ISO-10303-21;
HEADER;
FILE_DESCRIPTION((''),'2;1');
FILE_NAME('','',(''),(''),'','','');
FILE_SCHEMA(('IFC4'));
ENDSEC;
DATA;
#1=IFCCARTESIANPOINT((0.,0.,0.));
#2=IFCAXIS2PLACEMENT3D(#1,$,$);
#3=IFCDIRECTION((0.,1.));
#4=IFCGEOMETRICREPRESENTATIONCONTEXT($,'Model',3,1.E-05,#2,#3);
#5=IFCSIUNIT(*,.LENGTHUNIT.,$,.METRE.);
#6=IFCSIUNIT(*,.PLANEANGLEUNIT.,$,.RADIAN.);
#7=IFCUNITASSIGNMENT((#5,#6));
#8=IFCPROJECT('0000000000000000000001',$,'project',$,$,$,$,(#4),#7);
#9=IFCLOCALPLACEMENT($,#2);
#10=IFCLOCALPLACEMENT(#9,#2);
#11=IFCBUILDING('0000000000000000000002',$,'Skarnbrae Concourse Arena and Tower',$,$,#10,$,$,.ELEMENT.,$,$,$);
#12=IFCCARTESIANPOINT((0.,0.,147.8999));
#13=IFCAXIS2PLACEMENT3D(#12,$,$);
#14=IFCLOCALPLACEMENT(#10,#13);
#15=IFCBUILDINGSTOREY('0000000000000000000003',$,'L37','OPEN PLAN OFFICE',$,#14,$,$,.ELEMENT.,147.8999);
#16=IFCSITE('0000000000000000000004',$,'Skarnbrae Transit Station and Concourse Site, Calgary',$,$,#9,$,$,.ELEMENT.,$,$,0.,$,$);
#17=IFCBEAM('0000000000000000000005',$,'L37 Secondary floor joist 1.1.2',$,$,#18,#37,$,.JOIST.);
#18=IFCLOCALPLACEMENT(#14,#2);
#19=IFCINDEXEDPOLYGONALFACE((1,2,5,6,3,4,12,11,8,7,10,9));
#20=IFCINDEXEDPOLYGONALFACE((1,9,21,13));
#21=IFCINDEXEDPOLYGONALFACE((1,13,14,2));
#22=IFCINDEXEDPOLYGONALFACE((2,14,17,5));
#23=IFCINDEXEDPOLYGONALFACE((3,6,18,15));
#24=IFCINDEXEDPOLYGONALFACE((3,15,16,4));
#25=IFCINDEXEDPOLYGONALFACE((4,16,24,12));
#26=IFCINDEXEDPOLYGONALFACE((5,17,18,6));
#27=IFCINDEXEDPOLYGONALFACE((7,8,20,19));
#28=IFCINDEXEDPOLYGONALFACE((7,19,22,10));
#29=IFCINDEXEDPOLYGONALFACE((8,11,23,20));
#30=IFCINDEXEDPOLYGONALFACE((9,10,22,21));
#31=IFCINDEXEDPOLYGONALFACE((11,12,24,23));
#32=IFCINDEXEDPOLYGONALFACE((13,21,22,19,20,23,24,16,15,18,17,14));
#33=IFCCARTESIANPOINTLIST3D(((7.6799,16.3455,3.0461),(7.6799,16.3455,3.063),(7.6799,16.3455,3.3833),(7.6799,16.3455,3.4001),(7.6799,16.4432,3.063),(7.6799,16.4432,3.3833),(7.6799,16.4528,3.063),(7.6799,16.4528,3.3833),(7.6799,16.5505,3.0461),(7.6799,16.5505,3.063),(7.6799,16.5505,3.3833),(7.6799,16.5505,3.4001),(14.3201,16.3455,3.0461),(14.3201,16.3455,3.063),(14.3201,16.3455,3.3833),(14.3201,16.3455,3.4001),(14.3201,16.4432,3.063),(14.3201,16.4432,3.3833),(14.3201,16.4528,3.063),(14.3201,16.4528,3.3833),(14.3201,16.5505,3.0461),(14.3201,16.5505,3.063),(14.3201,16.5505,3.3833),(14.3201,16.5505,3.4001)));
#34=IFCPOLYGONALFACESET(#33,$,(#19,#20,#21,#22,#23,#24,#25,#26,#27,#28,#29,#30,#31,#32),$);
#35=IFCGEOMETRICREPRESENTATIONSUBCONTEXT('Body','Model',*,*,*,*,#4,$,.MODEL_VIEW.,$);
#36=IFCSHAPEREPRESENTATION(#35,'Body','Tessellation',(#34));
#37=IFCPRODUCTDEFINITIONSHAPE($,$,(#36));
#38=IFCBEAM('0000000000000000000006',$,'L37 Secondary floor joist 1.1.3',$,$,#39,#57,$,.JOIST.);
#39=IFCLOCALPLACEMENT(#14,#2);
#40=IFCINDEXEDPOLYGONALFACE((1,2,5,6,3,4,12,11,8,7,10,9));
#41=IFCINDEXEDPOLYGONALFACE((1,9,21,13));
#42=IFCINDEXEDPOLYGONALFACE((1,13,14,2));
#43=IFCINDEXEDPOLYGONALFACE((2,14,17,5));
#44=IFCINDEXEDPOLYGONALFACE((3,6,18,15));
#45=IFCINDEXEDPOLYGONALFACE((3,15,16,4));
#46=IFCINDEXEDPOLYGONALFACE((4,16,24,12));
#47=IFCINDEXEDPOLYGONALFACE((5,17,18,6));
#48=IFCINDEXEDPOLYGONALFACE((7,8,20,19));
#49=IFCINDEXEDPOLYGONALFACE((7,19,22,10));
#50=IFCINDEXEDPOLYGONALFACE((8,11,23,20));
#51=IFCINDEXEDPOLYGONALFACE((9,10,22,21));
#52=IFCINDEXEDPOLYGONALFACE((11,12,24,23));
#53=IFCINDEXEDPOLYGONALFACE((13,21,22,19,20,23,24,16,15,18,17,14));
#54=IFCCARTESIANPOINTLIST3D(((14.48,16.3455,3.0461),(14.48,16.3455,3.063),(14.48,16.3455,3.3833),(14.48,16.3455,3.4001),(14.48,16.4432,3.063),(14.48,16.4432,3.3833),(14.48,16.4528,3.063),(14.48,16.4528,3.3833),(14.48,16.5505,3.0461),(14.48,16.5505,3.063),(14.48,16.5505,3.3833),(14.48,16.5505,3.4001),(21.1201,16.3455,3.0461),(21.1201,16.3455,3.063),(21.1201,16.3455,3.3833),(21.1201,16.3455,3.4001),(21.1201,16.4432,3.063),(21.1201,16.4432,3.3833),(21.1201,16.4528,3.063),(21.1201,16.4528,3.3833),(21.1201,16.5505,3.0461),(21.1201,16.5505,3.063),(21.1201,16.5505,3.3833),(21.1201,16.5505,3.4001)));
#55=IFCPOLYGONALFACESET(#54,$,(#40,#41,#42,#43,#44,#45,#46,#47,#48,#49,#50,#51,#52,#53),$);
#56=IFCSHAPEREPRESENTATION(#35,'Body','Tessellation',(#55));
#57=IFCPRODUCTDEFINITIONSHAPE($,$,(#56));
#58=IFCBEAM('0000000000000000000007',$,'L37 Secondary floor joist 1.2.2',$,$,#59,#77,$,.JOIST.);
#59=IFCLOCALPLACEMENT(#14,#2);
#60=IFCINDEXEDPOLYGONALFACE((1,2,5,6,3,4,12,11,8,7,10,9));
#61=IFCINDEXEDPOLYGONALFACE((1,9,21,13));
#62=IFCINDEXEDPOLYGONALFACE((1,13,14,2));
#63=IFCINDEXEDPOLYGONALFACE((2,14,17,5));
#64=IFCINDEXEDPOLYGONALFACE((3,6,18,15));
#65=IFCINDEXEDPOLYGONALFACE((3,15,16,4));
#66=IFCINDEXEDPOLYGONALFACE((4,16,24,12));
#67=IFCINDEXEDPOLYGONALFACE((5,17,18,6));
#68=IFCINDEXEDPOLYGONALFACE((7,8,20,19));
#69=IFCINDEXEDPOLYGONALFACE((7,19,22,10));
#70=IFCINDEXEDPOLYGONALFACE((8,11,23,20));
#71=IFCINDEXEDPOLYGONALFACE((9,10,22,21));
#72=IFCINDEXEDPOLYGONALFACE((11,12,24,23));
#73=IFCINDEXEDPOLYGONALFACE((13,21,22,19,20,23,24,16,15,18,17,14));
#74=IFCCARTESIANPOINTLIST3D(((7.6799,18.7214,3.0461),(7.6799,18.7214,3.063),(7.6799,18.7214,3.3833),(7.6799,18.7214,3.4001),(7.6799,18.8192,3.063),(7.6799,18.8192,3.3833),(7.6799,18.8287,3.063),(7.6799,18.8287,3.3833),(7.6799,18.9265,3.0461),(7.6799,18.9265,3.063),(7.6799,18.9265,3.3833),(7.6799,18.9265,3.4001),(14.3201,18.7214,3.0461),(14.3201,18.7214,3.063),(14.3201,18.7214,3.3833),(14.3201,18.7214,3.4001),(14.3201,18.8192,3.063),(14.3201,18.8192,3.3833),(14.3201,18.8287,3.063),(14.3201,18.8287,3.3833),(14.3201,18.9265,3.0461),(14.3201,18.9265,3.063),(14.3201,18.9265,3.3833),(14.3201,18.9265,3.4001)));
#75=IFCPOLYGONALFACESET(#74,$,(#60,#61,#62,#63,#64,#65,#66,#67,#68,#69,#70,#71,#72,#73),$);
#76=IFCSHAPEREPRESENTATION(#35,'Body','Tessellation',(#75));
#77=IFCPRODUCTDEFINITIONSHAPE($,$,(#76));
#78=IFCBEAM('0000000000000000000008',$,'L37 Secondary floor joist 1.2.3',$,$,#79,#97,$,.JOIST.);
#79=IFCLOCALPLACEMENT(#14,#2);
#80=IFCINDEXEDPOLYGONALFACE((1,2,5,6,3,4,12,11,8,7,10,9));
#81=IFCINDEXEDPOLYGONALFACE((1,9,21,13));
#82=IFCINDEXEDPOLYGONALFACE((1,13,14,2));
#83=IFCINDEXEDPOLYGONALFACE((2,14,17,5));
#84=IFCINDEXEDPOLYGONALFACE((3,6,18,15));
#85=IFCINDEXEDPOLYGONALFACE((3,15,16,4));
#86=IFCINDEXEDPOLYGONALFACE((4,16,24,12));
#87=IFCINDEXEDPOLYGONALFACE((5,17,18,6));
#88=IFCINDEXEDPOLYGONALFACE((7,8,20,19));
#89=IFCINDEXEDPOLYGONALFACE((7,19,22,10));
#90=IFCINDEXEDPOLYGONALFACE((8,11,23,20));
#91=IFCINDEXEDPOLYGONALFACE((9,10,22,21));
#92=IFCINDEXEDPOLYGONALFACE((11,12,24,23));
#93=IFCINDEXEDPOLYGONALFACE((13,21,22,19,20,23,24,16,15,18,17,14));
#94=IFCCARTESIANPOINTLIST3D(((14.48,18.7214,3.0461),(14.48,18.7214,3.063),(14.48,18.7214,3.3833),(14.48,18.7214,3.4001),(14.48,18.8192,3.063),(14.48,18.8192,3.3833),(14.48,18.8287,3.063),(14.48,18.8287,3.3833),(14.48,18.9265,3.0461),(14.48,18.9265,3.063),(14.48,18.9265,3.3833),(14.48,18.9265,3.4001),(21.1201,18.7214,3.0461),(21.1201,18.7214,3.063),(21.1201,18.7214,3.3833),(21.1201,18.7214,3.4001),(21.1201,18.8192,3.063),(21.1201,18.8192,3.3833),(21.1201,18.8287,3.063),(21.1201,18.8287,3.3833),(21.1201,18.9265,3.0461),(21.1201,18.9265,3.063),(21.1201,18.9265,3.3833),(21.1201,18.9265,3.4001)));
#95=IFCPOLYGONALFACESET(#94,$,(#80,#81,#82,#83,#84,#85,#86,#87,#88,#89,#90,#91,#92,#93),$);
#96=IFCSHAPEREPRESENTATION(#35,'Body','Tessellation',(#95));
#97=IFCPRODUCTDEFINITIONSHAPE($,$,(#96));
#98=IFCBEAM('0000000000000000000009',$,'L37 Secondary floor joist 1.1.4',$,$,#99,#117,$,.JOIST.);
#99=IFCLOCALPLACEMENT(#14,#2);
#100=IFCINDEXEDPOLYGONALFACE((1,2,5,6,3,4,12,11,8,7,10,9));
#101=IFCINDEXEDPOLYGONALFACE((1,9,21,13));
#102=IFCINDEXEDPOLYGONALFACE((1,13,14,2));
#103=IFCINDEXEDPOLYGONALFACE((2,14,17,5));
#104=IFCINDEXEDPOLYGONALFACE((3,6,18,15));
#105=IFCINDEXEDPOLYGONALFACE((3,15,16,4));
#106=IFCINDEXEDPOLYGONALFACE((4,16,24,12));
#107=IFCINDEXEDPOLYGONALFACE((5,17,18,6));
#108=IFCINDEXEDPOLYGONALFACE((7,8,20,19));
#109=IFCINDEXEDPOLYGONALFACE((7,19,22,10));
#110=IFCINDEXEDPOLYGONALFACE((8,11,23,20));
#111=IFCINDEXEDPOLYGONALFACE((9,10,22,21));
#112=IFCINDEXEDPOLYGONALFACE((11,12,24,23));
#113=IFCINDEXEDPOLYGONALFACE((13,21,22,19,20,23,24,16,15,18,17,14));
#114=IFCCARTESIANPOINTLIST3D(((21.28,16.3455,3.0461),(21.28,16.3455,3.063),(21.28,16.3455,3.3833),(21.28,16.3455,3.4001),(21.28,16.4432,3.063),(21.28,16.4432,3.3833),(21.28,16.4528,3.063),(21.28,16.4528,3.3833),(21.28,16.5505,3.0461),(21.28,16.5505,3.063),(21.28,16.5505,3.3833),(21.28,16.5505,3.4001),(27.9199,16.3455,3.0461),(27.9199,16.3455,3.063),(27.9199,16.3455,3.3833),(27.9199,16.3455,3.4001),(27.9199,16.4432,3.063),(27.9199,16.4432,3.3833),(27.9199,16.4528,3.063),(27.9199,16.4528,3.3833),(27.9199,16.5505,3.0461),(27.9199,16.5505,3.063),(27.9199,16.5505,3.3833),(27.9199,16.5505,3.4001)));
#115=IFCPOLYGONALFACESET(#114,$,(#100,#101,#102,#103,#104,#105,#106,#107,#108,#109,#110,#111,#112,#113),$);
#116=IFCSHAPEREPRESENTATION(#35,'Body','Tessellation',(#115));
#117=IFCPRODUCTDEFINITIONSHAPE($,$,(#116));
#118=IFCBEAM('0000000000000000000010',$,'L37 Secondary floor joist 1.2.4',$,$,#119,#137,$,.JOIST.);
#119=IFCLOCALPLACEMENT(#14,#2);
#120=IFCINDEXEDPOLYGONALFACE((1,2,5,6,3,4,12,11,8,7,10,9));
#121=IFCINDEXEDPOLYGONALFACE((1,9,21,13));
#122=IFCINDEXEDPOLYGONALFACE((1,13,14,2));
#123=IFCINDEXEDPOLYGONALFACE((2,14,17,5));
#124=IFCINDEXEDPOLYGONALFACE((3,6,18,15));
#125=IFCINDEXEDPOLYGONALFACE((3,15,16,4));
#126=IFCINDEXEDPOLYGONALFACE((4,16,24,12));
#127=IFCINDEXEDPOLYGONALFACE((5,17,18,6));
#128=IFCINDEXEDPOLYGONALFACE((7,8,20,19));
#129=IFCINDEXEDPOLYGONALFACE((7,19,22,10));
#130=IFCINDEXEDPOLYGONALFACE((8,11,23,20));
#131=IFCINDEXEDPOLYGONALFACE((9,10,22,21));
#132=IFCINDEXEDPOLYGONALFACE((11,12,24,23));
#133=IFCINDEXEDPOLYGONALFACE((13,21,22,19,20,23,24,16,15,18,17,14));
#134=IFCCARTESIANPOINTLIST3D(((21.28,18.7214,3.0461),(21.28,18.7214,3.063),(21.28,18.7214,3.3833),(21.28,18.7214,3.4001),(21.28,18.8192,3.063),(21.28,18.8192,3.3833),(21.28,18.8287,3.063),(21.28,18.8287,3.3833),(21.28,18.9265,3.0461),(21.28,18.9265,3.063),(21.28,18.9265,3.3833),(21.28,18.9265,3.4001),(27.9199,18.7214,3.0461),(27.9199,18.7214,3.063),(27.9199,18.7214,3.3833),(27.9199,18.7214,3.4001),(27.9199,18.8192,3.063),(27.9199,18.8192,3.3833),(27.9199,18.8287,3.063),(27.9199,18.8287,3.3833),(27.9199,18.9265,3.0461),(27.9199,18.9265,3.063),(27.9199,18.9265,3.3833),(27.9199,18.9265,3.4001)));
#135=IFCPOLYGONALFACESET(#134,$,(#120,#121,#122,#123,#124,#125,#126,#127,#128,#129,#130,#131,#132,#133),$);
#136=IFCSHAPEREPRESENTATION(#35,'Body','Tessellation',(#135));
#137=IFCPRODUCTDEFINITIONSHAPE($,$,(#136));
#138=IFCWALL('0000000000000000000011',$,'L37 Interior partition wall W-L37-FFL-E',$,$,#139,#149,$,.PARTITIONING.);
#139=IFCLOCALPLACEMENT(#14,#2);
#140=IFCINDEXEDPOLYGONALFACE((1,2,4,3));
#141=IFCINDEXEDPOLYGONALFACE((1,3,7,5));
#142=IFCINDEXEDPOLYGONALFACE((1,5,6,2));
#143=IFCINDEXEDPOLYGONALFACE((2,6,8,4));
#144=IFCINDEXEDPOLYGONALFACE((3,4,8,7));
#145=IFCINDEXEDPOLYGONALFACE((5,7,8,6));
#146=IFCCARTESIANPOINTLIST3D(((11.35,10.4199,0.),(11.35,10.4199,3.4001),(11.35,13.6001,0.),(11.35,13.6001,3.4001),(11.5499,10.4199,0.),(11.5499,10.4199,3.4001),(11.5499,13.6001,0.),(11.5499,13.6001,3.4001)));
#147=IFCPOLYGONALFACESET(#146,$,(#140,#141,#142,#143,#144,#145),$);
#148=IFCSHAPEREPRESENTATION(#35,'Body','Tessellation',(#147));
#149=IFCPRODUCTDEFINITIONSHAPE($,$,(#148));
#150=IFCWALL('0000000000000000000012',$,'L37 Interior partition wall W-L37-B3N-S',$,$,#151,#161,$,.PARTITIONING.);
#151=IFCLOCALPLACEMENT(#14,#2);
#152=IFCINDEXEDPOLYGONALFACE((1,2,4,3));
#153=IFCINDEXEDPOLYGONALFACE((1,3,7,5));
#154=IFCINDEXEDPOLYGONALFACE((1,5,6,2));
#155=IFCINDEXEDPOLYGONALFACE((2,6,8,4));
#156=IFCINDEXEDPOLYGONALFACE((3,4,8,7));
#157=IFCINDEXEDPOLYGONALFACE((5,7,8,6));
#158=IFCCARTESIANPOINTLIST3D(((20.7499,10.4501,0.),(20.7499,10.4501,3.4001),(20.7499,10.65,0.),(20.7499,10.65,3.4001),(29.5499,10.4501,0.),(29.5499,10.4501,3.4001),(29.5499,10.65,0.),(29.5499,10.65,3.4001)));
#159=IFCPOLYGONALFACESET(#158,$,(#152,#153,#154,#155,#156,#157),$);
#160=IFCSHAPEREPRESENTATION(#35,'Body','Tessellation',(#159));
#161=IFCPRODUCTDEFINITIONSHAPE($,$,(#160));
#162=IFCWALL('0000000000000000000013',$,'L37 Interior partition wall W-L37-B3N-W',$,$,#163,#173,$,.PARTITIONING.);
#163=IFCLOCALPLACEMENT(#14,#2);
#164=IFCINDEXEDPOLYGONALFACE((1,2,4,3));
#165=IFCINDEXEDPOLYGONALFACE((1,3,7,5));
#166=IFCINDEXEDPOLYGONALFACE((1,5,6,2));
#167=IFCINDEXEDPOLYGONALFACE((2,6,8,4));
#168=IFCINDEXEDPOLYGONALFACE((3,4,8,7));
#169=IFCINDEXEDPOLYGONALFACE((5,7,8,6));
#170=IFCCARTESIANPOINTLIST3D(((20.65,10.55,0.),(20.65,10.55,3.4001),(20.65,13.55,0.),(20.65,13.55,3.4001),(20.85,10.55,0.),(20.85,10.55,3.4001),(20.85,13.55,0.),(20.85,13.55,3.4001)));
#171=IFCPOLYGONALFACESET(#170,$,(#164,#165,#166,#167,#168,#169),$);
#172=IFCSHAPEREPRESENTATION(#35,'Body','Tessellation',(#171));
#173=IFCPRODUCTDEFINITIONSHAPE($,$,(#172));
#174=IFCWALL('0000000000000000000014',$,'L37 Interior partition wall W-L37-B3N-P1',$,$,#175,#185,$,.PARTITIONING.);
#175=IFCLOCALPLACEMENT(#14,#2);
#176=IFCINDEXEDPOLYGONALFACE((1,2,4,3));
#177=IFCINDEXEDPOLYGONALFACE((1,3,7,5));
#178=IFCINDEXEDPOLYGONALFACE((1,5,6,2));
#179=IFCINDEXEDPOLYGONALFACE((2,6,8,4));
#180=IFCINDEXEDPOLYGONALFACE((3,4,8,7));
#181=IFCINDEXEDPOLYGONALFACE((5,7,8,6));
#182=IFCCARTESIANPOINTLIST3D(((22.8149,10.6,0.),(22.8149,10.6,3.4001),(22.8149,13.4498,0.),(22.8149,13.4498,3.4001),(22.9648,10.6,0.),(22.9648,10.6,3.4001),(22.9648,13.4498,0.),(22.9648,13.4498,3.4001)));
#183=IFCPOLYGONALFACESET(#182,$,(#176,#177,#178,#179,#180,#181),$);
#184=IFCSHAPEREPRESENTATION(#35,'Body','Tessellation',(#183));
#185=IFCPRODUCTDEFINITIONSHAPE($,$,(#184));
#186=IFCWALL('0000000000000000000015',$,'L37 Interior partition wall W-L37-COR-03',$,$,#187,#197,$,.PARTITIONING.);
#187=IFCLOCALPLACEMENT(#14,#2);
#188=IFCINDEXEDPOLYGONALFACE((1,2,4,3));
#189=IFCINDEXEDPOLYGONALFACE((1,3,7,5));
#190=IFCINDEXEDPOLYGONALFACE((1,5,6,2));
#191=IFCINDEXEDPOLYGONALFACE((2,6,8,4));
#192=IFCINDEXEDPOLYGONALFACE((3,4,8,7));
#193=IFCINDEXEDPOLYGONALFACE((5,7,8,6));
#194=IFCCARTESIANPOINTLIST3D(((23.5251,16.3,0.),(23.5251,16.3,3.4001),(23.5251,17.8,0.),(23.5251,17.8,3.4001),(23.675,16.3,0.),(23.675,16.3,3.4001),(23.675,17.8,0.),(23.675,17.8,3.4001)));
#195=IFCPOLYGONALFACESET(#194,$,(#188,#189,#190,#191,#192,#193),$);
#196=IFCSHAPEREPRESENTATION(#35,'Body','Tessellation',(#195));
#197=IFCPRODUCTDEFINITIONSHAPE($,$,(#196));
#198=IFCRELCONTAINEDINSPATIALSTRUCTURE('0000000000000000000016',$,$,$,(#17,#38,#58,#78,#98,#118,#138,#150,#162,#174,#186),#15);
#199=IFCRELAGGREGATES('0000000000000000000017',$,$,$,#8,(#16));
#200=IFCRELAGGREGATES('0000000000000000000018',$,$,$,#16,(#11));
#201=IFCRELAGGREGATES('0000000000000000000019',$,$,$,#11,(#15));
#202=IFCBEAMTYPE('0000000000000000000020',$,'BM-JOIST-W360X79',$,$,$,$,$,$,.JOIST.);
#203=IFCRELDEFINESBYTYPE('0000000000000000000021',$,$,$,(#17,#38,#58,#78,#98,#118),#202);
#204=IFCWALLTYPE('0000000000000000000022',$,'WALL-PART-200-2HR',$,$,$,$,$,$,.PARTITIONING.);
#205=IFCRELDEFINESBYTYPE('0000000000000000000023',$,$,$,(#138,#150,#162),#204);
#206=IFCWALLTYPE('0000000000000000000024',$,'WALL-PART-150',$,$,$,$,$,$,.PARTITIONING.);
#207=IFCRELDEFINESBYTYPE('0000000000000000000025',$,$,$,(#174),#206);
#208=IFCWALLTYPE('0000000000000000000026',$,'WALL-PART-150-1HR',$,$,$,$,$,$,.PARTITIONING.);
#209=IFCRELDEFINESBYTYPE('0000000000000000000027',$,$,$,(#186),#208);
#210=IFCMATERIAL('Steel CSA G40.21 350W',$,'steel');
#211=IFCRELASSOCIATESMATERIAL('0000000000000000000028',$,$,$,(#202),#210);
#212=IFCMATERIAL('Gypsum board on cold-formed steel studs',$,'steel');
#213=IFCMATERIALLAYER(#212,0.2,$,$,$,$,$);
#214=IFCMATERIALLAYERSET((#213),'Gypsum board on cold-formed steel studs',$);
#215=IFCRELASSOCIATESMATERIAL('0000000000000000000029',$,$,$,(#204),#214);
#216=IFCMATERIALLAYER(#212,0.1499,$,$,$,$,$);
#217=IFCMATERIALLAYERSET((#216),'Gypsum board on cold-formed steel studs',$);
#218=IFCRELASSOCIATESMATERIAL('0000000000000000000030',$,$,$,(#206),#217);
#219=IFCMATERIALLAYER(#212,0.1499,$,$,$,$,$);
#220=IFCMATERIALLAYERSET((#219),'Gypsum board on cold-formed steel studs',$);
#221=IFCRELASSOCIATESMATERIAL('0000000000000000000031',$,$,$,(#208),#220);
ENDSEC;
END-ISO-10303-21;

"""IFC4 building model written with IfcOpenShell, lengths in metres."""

from ifc_helpers import new_model, si_unit, direction, frame, frame_2d, origin, origin_2d, place, context, subcontext, project, spatial, rectangle, i_section, extrude, source, transform, mapped, material, layer, layer_set, material_profile, profile_set, type_object, element, save


model = new_model("IFC4")

# Units and contexts
model_context = context("Model", 3, precision=1e-05, world=origin(), true_north=direction((0.0, 1.0)))
body_context = subcontext(model_context, "Body", "Model", "MODEL_VIEW")
ifc_project = project(units=[si_unit("LENGTHUNIT", "METRE"), si_unit("PLANEANGLEUNIT", "RADIAN")], contexts=[model_context])

# Site, building, storey
site_placement = place(None, origin())
site = spatial("IfcSite", under=ifc_project, at=site_placement, Name="Skarnbrae Transit Station and Concourse Site, Calgary", CompositionType="ELEMENT", RefElevation=0.0)
building_placement = place(site_placement, origin())
building = spatial("IfcBuilding", under=site, at=building_placement, Name="Skarnbrae Concourse Arena and Tower", CompositionType="ELEMENT")
storey_placement = place(building_placement, frame((0.0, 0.0, 147.8999)))
storey = spatial("IfcBuildingStorey", under=building, at=storey_placement, Name="L37", Description="OPEN PLAN OFFICE", CompositionType="ELEMENT", Elevation=147.8999)

# Shared definitions
ifc_material_1 = material(Name="Steel CSA G40.21 350W", Category="steel")

# Beams
ifc_material_profile_1 = material_profile(ifc_material_1, i_section(OverallWidth=0.2051, OverallDepth=0.354, WebThickness=0.0095, FlangeThickness=0.0168, at=origin_2d()), Name="W360X79")
ifc_profile_set_1 = profile_set([ifc_material_profile_1], Name="Steel CSA G40.21 350W")
beam_type_1 = type_object("IfcBeamType", Name="BM-JOIST-W360X79", PredefinedType="JOIST", material=ifc_profile_set_1)
shared_shape_1 = source(origin(), body_context, "Body", "SweptSolid", [
    extrude(i_section(OverallWidth=0.2051, OverallDepth=0.354, WebThickness=0.0095, FlangeThickness=0.0168, at=origin_2d()), origin(), (0.0, 0.0, 1.0), 6.6401),
])
for number, where, z_axis, x_axis, name in (
    (1, (7.6799, 16.448, 3.2231), (1.0, 0.0, 0.0), (0.0, 1.0, 0.0), "L37 Secondary floor joist 1.1.2"),
    (2, (14.48, 16.448, 3.2231), (1.0, 0.0, 0.0), (0.0, 1.0, 0.0), "L37 Secondary floor joist 1.1.3"),
    (3, (7.6799, 18.824, 3.2231), (1.0, 0.0, 0.0), (0.0, 1.0, 0.0), "L37 Secondary floor joist 1.2.2"),
    (4, (14.48, 18.824, 3.2231), (1.0, 0.0, 0.0), (0.0, 1.0, 0.0), "L37 Secondary floor joist 1.2.3"),
):
    element("IfcBeam", number, at=place(storey_placement, frame(where, z_axis=z_axis, x_axis=x_axis)), inside=storey, type_object=beam_type_1, Name=name, PredefinedType="JOIST", context=body_context, shape_type="MappedRepresentation", body=[
        mapped(shared_shape_1, transform((0.0, 0.0, 0.0))),
    ])
shared_shape_2 = source(origin(), body_context, "Body", "SweptSolid", [
    extrude(i_section(OverallWidth=0.2051, OverallDepth=0.354, WebThickness=0.0095, FlangeThickness=0.0168, at=origin_2d()), origin(), (0.0, 0.0, 1.0), 6.6399),
])
for number, where, z_axis, x_axis, name in (
    (5, (21.28, 16.448, 3.2231), (1.0, 0.0, 0.0), (0.0, 1.0, 0.0), "L37 Secondary floor joist 1.1.4"),
    (6, (21.28, 18.824, 3.2231), (1.0, 0.0, 0.0), (0.0, 1.0, 0.0), "L37 Secondary floor joist 1.2.4"),
):
    element("IfcBeam", number, at=place(storey_placement, frame(where, z_axis=z_axis, x_axis=x_axis)), inside=storey, type_object=beam_type_1, Name=name, PredefinedType="JOIST", context=body_context, shape_type="MappedRepresentation", body=[
        mapped(shared_shape_2, transform((0.0, 0.0, 0.0))),
    ])

# Wall
ifc_material_2 = material(Name="Gypsum board on cold-formed steel studs", Category="steel")
ifc_layer_1 = layer(ifc_material_2, 0.2)
ifc_layer_set_1 = layer_set([ifc_layer_1], Name="Gypsum board on cold-formed steel studs")
wall_type_1 = type_object("IfcWallType", Name="WALL-PART-200-2HR", PredefinedType="PARTITIONING", material=ifc_layer_set_1)
shared_shape_3 = source(origin(), body_context, "Body", "SweptSolid", [
    extrude(rectangle(XDim=3.1802, YDim=0.2, at=frame_2d((1.5901, 0.0))), origin(), (0.0, 0.0, 1.0), 3.4001),
])
wall_1_placement = place(storey_placement, frame((11.45, 10.4199, 0.0), z_axis=(0.0, 0.0, 1.0), x_axis=(0.0, 1.0, 0.0)))
element("IfcWall", 7, at=wall_1_placement, inside=storey, type_object=wall_type_1, Name="L37 Interior partition wall W-L37-FFL-E", PredefinedType="PARTITIONING", context=body_context, shape_type="MappedRepresentation", body=[
    mapped(shared_shape_3, transform((0.0, 0.0, 0.0))),
])

# Walls
shared_shape_4 = source(origin(), body_context, "Body", "SweptSolid", [
    extrude(rectangle(XDim=8.8, YDim=0.2, at=frame_2d((4.3999, 0.0))), origin(), (0.0, 0.0, 1.0), 3.4001),
])
wall_2_placement = place(storey_placement, frame((20.75, 10.55, 0.0), z_axis=(0.0, 0.0, 1.0), x_axis=(1.0, 0.0, 0.0)))
element("IfcWall", 8, at=wall_2_placement, inside=storey, type_object=wall_type_1, Name="L37 Interior partition wall W-L37-B3N-S", PredefinedType="PARTITIONING", context=body_context, shape_type="MappedRepresentation", body=[
    mapped(shared_shape_4, transform((0.0, 0.0, 0.0))),
])
shared_shape_5 = source(origin(), body_context, "Body", "SweptSolid", [
    extrude(rectangle(XDim=3.0, YDim=0.2, at=frame_2d((1.5, 0.0))), origin(), (0.0, 0.0, 1.0), 3.4001),
])
wall_3_placement = place(storey_placement, frame((20.75, 10.55, 0.0), z_axis=(0.0, 0.0, 1.0), x_axis=(0.0, 1.0, 0.0)))
element("IfcWall", 9, at=wall_3_placement, inside=storey, type_object=wall_type_1, Name="L37 Interior partition wall W-L37-B3N-W", PredefinedType="PARTITIONING", context=body_context, shape_type="MappedRepresentation", body=[
    mapped(shared_shape_5, transform((0.0, 0.0, 0.0))),
])
ifc_layer_2 = layer(ifc_material_2, 0.1499)
ifc_layer_set_2 = layer_set([ifc_layer_2], Name="Gypsum board on cold-formed steel studs")
wall_type_2 = type_object("IfcWallType", Name="WALL-PART-150", PredefinedType="PARTITIONING", material=ifc_layer_set_2)
shared_shape_6 = source(origin(), body_context, "Body", "SweptSolid", [
    extrude(rectangle(XDim=2.8499, YDim=0.1499, at=frame_2d((1.4248, 0.0))), origin(), (0.0, 0.0, 1.0), 3.4001),
])
wall_4_placement = place(storey_placement, frame((22.8899, 10.6001, 0.0), z_axis=(0.0, 0.0, 1.0), x_axis=(0.0, 1.0, 0.0)))
element("IfcWall", 10, at=wall_4_placement, inside=storey, type_object=wall_type_2, Name="L37 Interior partition wall W-L37-B3N-P1", PredefinedType="PARTITIONING", context=body_context, shape_type="MappedRepresentation", body=[
    mapped(shared_shape_6, transform((0.0, 0.0, 0.0))),
])
ifc_layer_3 = layer(ifc_material_2, 0.1499)
ifc_layer_set_3 = layer_set([ifc_layer_3], Name="Gypsum board on cold-formed steel studs")
wall_type_3 = type_object("IfcWallType", Name="WALL-PART-150-1HR", PredefinedType="PARTITIONING", material=ifc_layer_set_3)
shared_shape_7 = source(origin(), body_context, "Body", "SweptSolid", [
    extrude(rectangle(XDim=1.5, YDim=0.1499, at=frame_2d((0.75, 0.0))), origin(), (0.0, 0.0, 1.0), 3.4001),
])
wall_5_placement = place(storey_placement, frame((23.6001, 16.3, 0.0), z_axis=(0.0, 0.0, 1.0), x_axis=(0.0, 1.0, 0.0)))
element("IfcWall", 11, at=wall_5_placement, inside=storey, type_object=wall_type_3, Name="L37 Interior partition wall W-L37-COR-03", PredefinedType="PARTITIONING", context=body_context, shape_type="MappedRepresentation", body=[
    mapped(shared_shape_7, transform((0.0, 0.0, 0.0))),
])

save(model, "model.ifc")
